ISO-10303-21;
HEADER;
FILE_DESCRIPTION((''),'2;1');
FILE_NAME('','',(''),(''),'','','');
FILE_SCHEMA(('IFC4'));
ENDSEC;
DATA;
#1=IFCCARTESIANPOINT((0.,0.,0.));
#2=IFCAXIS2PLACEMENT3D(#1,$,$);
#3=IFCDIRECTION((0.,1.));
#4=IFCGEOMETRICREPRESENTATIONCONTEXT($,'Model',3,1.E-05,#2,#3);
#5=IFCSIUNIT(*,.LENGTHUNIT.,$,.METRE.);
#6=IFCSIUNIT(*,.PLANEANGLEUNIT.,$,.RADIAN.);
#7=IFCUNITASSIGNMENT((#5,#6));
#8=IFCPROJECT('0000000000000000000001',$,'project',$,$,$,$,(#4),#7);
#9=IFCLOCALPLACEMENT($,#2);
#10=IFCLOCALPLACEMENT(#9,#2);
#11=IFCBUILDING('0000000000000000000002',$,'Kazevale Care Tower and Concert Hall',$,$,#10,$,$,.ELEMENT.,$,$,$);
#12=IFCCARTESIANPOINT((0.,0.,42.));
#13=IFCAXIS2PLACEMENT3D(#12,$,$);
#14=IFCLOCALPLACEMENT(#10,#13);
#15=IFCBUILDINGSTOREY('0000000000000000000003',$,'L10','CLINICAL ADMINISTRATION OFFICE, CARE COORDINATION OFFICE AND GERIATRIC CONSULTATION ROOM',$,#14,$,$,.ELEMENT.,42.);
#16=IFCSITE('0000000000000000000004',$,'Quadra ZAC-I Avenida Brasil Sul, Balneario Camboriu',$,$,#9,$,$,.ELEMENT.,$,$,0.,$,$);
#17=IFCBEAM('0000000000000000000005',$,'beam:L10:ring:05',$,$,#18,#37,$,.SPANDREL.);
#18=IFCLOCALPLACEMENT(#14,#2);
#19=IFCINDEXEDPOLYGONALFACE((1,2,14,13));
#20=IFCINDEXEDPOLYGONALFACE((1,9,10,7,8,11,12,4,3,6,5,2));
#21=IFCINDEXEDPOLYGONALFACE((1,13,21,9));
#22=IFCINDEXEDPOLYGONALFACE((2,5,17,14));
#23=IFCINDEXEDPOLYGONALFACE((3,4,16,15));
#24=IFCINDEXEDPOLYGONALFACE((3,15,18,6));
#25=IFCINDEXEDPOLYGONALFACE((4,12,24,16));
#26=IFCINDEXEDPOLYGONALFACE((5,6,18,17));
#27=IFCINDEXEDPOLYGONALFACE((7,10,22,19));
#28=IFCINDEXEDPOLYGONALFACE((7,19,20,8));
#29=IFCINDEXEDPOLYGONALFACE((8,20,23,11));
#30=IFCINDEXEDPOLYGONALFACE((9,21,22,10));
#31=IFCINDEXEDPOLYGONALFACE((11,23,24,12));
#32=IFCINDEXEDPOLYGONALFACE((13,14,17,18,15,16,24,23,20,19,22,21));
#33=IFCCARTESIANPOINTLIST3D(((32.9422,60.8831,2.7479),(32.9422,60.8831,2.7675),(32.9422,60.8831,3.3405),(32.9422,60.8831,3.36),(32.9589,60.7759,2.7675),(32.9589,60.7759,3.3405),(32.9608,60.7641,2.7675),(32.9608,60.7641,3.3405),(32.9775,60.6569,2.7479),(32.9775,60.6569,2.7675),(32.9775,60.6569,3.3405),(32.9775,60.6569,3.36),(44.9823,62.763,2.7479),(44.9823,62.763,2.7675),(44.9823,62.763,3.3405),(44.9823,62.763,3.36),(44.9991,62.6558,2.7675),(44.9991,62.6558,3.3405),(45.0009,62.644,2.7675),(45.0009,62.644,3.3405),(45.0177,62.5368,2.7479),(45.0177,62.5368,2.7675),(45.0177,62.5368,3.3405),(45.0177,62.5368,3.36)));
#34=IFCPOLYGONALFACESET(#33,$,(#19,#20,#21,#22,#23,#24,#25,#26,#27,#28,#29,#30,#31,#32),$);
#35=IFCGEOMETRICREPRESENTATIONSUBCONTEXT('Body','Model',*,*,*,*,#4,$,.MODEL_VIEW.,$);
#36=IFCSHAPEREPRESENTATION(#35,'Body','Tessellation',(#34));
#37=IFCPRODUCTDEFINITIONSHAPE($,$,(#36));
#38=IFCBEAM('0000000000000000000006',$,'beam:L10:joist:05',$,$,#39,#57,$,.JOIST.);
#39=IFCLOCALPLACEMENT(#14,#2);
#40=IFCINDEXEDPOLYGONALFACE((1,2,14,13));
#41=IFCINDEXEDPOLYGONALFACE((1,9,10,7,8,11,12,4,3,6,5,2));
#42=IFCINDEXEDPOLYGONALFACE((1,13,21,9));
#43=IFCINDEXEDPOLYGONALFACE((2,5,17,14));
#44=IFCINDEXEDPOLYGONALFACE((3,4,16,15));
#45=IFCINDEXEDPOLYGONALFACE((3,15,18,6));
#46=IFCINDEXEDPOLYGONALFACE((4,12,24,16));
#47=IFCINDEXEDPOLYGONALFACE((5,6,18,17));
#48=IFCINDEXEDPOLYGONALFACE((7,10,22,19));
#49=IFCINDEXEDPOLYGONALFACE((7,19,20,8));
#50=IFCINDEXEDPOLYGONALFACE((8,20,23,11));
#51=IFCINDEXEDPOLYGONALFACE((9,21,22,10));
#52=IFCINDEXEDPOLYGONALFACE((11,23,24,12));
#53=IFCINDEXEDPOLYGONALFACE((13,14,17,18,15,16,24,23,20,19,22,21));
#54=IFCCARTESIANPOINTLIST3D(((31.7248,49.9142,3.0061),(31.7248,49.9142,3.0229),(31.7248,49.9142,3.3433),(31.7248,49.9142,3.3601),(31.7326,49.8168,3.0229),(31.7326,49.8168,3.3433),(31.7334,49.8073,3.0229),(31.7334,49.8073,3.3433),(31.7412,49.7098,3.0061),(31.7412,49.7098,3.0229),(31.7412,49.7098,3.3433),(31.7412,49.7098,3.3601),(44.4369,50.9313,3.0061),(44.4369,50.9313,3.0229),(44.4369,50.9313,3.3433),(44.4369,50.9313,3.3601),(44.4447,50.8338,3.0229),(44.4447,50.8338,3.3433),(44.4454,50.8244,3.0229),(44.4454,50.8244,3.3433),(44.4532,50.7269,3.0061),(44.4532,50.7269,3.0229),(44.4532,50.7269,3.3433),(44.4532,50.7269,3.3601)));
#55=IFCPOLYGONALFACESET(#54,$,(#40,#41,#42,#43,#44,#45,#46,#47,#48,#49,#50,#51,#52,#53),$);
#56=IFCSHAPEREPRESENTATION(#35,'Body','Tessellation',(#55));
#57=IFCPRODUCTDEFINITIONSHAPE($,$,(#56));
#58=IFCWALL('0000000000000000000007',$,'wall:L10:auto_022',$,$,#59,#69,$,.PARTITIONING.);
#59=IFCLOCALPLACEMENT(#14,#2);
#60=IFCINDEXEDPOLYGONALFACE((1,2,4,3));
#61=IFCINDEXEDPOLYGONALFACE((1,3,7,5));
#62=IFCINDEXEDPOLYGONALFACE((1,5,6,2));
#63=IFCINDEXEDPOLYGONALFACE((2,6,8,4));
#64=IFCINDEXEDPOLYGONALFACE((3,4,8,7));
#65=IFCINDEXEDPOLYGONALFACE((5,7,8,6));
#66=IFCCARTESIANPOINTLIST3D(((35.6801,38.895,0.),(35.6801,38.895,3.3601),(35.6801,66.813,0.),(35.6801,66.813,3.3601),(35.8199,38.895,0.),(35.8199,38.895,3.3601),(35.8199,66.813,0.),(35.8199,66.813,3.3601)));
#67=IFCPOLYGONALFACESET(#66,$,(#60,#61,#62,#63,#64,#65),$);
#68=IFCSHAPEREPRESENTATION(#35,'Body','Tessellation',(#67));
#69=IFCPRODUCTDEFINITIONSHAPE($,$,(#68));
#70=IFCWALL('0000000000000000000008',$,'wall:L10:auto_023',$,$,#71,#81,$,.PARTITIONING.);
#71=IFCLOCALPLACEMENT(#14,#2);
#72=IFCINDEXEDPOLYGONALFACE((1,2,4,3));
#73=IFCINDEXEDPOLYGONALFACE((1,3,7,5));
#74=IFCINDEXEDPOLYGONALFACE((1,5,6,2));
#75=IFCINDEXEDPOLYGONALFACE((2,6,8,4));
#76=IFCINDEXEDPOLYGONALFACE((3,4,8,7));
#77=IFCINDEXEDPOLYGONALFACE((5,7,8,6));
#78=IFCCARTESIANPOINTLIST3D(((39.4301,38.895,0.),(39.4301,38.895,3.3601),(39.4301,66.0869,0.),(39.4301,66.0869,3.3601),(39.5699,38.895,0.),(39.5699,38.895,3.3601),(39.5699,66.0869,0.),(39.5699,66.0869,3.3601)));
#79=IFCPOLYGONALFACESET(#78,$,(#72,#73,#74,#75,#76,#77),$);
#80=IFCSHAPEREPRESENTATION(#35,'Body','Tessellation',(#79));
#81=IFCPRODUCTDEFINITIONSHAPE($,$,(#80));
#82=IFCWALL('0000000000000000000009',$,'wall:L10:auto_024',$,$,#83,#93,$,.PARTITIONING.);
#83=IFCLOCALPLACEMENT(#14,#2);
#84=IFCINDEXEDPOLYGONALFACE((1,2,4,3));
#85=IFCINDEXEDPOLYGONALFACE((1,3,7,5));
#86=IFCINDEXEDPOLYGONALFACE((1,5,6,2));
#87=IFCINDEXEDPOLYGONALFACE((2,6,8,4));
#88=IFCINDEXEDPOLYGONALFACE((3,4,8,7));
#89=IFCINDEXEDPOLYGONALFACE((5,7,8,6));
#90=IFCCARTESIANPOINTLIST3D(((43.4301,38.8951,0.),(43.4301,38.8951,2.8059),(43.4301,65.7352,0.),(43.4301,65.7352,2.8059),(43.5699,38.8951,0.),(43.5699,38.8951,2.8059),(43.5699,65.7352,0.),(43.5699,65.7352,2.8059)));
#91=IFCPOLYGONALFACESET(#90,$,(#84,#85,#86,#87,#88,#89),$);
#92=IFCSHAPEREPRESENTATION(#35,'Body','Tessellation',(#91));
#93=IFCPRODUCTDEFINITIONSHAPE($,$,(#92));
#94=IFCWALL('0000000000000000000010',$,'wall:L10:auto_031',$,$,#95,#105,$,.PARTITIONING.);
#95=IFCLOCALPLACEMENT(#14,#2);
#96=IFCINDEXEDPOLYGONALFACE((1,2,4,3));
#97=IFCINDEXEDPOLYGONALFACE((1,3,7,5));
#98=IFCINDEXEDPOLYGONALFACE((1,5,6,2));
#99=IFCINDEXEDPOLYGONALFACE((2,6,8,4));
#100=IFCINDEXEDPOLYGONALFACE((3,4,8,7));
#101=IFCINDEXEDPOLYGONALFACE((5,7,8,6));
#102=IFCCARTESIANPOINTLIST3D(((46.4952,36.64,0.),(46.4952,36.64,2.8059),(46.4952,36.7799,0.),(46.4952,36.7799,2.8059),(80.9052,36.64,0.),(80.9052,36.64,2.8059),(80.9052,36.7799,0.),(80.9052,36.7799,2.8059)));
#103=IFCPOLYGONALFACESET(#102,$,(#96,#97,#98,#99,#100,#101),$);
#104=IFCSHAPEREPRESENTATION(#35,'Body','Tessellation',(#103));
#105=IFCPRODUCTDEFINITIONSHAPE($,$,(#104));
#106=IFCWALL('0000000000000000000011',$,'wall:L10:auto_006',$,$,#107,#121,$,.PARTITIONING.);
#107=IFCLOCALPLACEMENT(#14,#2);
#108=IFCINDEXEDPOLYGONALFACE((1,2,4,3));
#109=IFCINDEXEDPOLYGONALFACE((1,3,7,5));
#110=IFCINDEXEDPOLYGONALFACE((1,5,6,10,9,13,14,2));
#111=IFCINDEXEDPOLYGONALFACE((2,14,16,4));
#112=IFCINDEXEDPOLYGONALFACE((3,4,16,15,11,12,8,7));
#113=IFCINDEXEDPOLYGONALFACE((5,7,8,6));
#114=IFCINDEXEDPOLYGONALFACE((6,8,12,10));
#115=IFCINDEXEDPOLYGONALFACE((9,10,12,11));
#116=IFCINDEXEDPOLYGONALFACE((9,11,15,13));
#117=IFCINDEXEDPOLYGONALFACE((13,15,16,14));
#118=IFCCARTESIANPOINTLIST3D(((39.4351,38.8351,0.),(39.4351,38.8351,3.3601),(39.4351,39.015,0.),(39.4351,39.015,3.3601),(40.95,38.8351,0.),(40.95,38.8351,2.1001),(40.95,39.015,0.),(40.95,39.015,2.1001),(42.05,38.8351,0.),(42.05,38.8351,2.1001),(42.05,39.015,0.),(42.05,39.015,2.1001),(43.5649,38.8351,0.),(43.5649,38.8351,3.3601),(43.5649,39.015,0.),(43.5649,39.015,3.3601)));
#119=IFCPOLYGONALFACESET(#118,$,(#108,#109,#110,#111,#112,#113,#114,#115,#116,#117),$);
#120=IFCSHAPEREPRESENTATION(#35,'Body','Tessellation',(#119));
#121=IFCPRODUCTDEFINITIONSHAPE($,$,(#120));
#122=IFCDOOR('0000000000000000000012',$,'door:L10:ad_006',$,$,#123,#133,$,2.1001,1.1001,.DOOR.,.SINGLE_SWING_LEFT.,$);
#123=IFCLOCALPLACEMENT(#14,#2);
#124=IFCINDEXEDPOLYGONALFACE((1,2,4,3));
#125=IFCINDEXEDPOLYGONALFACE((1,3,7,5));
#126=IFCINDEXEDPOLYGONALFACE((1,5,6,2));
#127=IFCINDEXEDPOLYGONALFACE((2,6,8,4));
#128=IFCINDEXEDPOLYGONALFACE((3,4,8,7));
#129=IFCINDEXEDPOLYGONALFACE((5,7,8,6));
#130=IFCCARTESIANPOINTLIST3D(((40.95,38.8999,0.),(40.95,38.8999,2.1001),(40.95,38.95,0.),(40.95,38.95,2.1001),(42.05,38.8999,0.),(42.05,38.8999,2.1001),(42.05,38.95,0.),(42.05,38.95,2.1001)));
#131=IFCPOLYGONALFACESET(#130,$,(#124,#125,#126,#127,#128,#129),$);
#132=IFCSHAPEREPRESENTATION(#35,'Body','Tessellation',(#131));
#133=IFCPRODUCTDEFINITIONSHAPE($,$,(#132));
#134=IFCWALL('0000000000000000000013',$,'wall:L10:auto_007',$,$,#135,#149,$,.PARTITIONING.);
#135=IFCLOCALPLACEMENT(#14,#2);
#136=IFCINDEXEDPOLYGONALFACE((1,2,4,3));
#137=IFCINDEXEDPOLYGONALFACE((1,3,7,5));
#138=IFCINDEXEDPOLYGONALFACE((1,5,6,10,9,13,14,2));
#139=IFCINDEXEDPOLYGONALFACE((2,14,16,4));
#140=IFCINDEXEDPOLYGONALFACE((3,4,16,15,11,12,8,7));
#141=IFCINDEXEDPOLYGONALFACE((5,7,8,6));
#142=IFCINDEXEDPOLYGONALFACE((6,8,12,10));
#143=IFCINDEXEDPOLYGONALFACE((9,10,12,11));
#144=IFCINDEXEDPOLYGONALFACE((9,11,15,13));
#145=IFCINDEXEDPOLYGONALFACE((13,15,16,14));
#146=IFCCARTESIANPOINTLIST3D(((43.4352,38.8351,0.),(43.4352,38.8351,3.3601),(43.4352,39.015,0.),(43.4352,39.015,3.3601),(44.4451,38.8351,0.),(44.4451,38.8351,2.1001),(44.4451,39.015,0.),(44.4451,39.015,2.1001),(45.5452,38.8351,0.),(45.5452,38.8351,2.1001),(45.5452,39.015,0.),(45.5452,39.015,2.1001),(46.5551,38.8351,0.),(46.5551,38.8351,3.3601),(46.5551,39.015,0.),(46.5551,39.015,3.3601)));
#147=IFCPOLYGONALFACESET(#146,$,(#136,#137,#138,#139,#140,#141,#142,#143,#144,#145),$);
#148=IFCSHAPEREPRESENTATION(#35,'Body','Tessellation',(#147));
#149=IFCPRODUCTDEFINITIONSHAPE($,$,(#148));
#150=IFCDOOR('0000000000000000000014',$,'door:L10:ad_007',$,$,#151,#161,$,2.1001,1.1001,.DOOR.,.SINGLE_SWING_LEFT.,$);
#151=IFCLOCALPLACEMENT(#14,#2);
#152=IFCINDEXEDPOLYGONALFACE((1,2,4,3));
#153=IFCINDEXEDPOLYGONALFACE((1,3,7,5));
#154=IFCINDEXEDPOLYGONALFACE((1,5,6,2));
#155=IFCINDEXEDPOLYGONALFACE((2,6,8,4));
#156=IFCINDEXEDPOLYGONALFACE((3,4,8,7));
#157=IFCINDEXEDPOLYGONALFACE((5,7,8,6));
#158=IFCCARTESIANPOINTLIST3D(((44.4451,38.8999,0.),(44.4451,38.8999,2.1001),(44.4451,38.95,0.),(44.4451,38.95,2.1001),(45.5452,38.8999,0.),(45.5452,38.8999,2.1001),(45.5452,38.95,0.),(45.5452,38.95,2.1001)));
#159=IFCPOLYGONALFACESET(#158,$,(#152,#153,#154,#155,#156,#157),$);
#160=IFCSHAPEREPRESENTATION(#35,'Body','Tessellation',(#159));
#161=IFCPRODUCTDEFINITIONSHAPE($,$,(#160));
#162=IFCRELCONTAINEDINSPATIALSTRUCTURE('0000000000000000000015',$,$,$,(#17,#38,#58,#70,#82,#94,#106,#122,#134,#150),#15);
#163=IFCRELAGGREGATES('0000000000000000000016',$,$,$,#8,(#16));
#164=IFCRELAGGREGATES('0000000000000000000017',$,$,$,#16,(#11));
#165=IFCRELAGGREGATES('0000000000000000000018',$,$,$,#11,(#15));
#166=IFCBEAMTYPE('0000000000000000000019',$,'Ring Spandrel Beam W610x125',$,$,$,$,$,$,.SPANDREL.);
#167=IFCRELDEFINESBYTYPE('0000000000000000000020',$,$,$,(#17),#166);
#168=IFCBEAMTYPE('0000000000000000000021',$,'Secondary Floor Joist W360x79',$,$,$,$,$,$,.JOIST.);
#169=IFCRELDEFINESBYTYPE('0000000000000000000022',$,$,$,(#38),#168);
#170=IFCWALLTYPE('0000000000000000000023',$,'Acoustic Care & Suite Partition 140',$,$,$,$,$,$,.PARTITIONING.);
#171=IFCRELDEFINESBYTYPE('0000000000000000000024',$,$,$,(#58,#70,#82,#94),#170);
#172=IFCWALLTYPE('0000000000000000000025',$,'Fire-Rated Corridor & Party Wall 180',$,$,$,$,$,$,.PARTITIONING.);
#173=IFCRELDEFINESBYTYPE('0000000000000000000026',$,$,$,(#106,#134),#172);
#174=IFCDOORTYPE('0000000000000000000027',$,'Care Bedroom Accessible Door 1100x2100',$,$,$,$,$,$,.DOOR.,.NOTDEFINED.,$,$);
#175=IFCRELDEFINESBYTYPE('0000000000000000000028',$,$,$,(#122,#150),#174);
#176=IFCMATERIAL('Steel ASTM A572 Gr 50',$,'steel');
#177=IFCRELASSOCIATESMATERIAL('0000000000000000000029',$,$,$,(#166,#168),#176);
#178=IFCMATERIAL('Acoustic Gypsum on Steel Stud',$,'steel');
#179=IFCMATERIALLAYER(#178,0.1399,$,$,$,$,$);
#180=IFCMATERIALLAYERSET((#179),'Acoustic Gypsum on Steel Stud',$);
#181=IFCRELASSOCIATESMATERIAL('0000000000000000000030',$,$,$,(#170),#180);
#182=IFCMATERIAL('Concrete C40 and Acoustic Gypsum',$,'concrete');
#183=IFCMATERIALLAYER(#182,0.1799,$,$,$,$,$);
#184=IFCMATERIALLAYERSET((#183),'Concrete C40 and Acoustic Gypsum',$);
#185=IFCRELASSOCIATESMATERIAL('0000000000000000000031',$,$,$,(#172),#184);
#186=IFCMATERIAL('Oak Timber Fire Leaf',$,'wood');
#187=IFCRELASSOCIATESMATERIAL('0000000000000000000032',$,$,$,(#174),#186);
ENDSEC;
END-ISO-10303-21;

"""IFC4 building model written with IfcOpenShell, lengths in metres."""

from ifc_helpers import new_model, si_unit, direction, frame, frame_2d, origin, origin_2d, place, context, subcontext, project, spatial, rectangle, i_section, extrude, material, layer, layer_set, material_profile, profile_set, type_object, element, fill, save


model = new_model("IFC4")

# Units and contexts
model_context = context("Model", 3, precision=1e-05, world=origin(), true_north=direction((0.0, 1.0)))
body_context = subcontext(model_context, "Body", "Model", "MODEL_VIEW")
ifc_project = project(units=[si_unit("LENGTHUNIT", "METRE"), si_unit("PLANEANGLEUNIT", "RADIAN")], contexts=[model_context])

# Site, building, storey
site_placement = place(None, origin())
site = spatial("IfcSite", under=ifc_project, at=site_placement, Name="Quadra ZAC-I Avenida Brasil Sul, Balneario Camboriu", CompositionType="ELEMENT", RefElevation=0.0)
building_placement = place(site_placement, origin())
building = spatial("IfcBuilding", under=site, at=building_placement, Name="Kazevale Care Tower and Concert Hall", CompositionType="ELEMENT")
storey_placement = place(building_placement, frame((0.0, 0.0, 42.0)))
storey = spatial("IfcBuildingStorey", under=building, at=storey_placement, Name="L10", Description="CLINICAL ADMINISTRATION OFFICE, CARE COORDINATION OFFICE AND GERIATRIC CONSULTATION ROOM", CompositionType="ELEMENT", Elevation=42.0)

# Beams
ifc_material_1 = material(Name="Steel ASTM A572 Gr 50", Category="steel")
ifc_material_profile_1 = material_profile(ifc_material_1, i_section(OverallWidth=0.229, OverallDepth=0.6121, WebThickness=0.012, FlangeThickness=0.0195, at=origin_2d()), Name="W610x125")
ifc_profile_set_1 = profile_set([ifc_material_profile_1], Name="Steel ASTM A572 Gr 50")
beam_type_1 = type_object("IfcBeamType", Name="Ring Spandrel Beam W610x125", PredefinedType="SPANDREL", material=ifc_profile_set_1)
beam_1_placement = place(storey_placement, frame((45.0, 62.6499, 3.054), z_axis=(-0.988029, -0.154267, 0.0), x_axis=(0.154267, -0.988029, 0.0)))
element("IfcBeam", 1, at=beam_1_placement, inside=storey, type_object=beam_type_1, Name="beam:L10:ring:05", PredefinedType="SPANDREL", context=body_context, shape_type="SweptSolid", body=[
    extrude(i_section(OverallWidth=0.229, OverallDepth=0.6121, WebThickness=0.012, FlangeThickness=0.0195, at=origin_2d()), origin(), (0.0, 0.0, 1.0), 12.186),
])
ifc_material_profile_2 = material_profile(ifc_material_1, i_section(OverallWidth=0.2051, OverallDepth=0.354, WebThickness=0.0095, FlangeThickness=0.0168, at=origin_2d()), Name="W360x79")
ifc_profile_set_2 = profile_set([ifc_material_profile_2], Name="Steel ASTM A572 Gr 50")
beam_type_2 = type_object("IfcBeamType", Name="Secondary Floor Joist W360x79", PredefinedType="JOIST", material=ifc_profile_set_2)
beam_2_placement = place(storey_placement, frame((44.4451, 50.8291, 3.1831), z_axis=(-0.996815, -0.079754, 0.0), x_axis=(0.079754, -0.996815, 0.0)))
element("IfcBeam", 2, at=beam_2_placement, inside=storey, type_object=beam_type_2, Name="beam:L10:joist:05", PredefinedType="JOIST", context=body_context, shape_type="SweptSolid", body=[
    extrude(i_section(OverallWidth=0.2051, OverallDepth=0.354, WebThickness=0.0095, FlangeThickness=0.0168, at=origin_2d()), origin(), (0.0, 0.0, 1.0), 12.7527),
])

# Walls
ifc_material_2 = material(Name="Acoustic Gypsum on Steel Stud", Category="steel")
ifc_layer_1 = layer(ifc_material_2, 0.1399)
ifc_layer_set_1 = layer_set([ifc_layer_1], Name="Acoustic Gypsum on Steel Stud")
wall_type_1 = type_object("IfcWallType", Name="Acoustic Care & Suite Partition 140", PredefinedType="PARTITIONING", material=ifc_layer_set_1)
wall_1_placement = place(storey_placement, frame((35.75, 66.813, 0.0), z_axis=(0.0, 0.0, 1.0), x_axis=(0.0, -1.0, 0.0)))
element("IfcWall", 3, at=wall_1_placement, inside=storey, type_object=wall_type_1, Name="wall:L10:auto_022", PredefinedType="PARTITIONING", context=body_context, shape_type="SweptSolid", body=[
    extrude(rectangle(XDim=27.918, YDim=0.1399, at=frame_2d((13.959, 0.0))), origin(), (0.0, 0.0, 1.0), 3.3601),
])
wall_2_placement = place(storey_placement, frame((39.5, 66.0869, 0.0), z_axis=(0.0, 0.0, 1.0), x_axis=(0.0, -1.0, 0.0)))
element("IfcWall", 4, at=wall_2_placement, inside=storey, type_object=wall_type_1, Name="wall:L10:auto_023", PredefinedType="PARTITIONING", context=body_context, shape_type="SweptSolid", body=[
    extrude(rectangle(XDim=27.1919, YDim=0.1399, at=frame_2d((13.5959, 0.0))), origin(), (0.0, 0.0, 1.0), 3.3601),
])
wall_3_placement = place(storey_placement, frame((43.5, 65.7351, 0.0), z_axis=(0.0, 0.0, 1.0), x_axis=(0.0, -1.0, 0.0)))
element("IfcWall", 5, at=wall_3_placement, inside=storey, type_object=wall_type_1, Name="wall:L10:auto_024", PredefinedType="PARTITIONING", context=body_context, shape_type="SweptSolid", body=[
    extrude(rectangle(XDim=26.8401, YDim=0.1399, at=frame_2d((13.4199, 0.0))), origin(), (0.0, 0.0, 1.0), 2.8059),
])
wall_4_placement = place(storey_placement, frame((46.4951, 36.71, 0.0), z_axis=(0.0, 0.0, 1.0), x_axis=(1.0, 0.0, 0.0)))
element("IfcWall", 6, at=wall_4_placement, inside=storey, type_object=wall_type_1, Name="wall:L10:auto_031", PredefinedType="PARTITIONING", context=body_context, shape_type="SweptSolid", body=[
    extrude(rectangle(XDim=34.4099, YDim=0.1399, at=frame_2d((17.2051, 0.0))), origin(), (0.0, 0.0, 1.0), 2.8059),
])

# Walls, openings, doors
ifc_material_3 = material(Name="Concrete C40 and Acoustic Gypsum", Category="concrete")
ifc_layer_2 = layer(ifc_material_3, 0.1799)
ifc_layer_set_2 = layer_set([ifc_layer_2], Name="Concrete C40 and Acoustic Gypsum")
wall_type_2 = type_object("IfcWallType", Name="Fire-Rated Corridor & Party Wall 180", PredefinedType="PARTITIONING", material=ifc_layer_set_2)
wall_5_placement = place(storey_placement, frame((39.4351, 38.925, 0.0), z_axis=(0.0, 0.0, 1.0), x_axis=(1.0, 0.0, 0.0)))
wall_5 = element("IfcWall", 7, at=wall_5_placement, inside=storey, type_object=wall_type_2, Name="wall:L10:auto_006", PredefinedType="PARTITIONING", context=body_context, shape_type="SweptSolid", body=[
    extrude(rectangle(XDim=4.1299, YDim=0.1799, at=frame_2d((2.0649, 0.0))), origin(), (0.0, 0.0, 1.0), 3.3601),
])
opening_1_placement = place(wall_5_placement, frame((1.5149, 0.0, 0.0)))
opening_1 = element("IfcOpeningElement", 8, at=opening_1_placement, cuts=wall_5, PredefinedType="OPENING", context=body_context, shape_type="SweptSolid", body=[
    extrude(rectangle(XDim=1.1001, YDim=2.1001, at=frame_2d((0.55, 1.05))), frame((0.0, 0.0999, 0.0), z_axis=(0.0, -1.0, 0.0), x_axis=(1.0, 0.0, 0.0)), (0.0, 0.0, 1.0), 0.2),
])
ifc_material_4 = material(Name="Oak Timber Fire Leaf", Category="wood")
door_type = type_object("IfcDoorType", Name="Care Bedroom Accessible Door 1100x2100", OperationType="NOTDEFINED", PredefinedType="DOOR", material=ifc_material_4)
door_1_placement = place(opening_1_placement, origin())
door_1 = element("IfcDoor", 9, at=door_1_placement, inside=storey, type_object=door_type, Name="door:L10:ad_006", OperationType="SINGLE_SWING_LEFT", OverallHeight=2.1001, OverallWidth=1.1001, PredefinedType="DOOR", context=body_context, shape_type="SweptSolid", body=[
    extrude(rectangle(XDim=1.1001, YDim=2.1001, at=frame_2d((0.55, 1.05))), frame((0.0, 0.0249, 0.0), z_axis=(0.0, -1.0, 0.0), x_axis=(1.0, 0.0, 0.0)), (0.0, 0.0, 1.0), 0.05),
])
fill(opening_1, door_1)
wall_6_placement = place(storey_placement, frame((43.4351, 38.925, 0.0), z_axis=(0.0, 0.0, 1.0), x_axis=(1.0, 0.0, 0.0)))
wall_6 = element("IfcWall", 10, at=wall_6_placement, inside=storey, type_object=wall_type_2, Name="wall:L10:auto_007", PredefinedType="PARTITIONING", context=body_context, shape_type="SweptSolid", body=[
    extrude(rectangle(XDim=3.1199, YDim=0.1799, at=frame_2d((1.5601, 0.0))), origin(), (0.0, 0.0, 1.0), 3.3601),
])
opening_2_placement = place(wall_6_placement, frame((1.01, 0.0, 0.0)))
opening_2 = element("IfcOpeningElement", 11, at=opening_2_placement, cuts=wall_6, PredefinedType="OPENING", context=body_context, shape_type="SweptSolid", body=[
    extrude(rectangle(XDim=1.1001, YDim=2.1001, at=frame_2d((0.55, 1.05))), frame((0.0, 0.0999, 0.0), z_axis=(0.0, -1.0, 0.0), x_axis=(1.0, 0.0, 0.0)), (0.0, 0.0, 1.0), 0.2),
])
door_2_placement = place(opening_2_placement, origin())
door_2 = element("IfcDoor", 12, at=door_2_placement, inside=storey, type_object=door_type, Name="door:L10:ad_007", OperationType="SINGLE_SWING_LEFT", OverallHeight=2.1001, OverallWidth=1.1001, PredefinedType="DOOR", context=body_context, shape_type="SweptSolid", body=[
    extrude(rectangle(XDim=1.1001, YDim=2.1001, at=frame_2d((0.55, 1.05))), frame((0.0, 0.0249, 0.0), z_axis=(0.0, -1.0, 0.0), x_axis=(1.0, 0.0, 0.0)), (0.0, 0.0, 1.0), 0.05),
])
fill(opening_2, door_2)

save(model, "model.ifc")
